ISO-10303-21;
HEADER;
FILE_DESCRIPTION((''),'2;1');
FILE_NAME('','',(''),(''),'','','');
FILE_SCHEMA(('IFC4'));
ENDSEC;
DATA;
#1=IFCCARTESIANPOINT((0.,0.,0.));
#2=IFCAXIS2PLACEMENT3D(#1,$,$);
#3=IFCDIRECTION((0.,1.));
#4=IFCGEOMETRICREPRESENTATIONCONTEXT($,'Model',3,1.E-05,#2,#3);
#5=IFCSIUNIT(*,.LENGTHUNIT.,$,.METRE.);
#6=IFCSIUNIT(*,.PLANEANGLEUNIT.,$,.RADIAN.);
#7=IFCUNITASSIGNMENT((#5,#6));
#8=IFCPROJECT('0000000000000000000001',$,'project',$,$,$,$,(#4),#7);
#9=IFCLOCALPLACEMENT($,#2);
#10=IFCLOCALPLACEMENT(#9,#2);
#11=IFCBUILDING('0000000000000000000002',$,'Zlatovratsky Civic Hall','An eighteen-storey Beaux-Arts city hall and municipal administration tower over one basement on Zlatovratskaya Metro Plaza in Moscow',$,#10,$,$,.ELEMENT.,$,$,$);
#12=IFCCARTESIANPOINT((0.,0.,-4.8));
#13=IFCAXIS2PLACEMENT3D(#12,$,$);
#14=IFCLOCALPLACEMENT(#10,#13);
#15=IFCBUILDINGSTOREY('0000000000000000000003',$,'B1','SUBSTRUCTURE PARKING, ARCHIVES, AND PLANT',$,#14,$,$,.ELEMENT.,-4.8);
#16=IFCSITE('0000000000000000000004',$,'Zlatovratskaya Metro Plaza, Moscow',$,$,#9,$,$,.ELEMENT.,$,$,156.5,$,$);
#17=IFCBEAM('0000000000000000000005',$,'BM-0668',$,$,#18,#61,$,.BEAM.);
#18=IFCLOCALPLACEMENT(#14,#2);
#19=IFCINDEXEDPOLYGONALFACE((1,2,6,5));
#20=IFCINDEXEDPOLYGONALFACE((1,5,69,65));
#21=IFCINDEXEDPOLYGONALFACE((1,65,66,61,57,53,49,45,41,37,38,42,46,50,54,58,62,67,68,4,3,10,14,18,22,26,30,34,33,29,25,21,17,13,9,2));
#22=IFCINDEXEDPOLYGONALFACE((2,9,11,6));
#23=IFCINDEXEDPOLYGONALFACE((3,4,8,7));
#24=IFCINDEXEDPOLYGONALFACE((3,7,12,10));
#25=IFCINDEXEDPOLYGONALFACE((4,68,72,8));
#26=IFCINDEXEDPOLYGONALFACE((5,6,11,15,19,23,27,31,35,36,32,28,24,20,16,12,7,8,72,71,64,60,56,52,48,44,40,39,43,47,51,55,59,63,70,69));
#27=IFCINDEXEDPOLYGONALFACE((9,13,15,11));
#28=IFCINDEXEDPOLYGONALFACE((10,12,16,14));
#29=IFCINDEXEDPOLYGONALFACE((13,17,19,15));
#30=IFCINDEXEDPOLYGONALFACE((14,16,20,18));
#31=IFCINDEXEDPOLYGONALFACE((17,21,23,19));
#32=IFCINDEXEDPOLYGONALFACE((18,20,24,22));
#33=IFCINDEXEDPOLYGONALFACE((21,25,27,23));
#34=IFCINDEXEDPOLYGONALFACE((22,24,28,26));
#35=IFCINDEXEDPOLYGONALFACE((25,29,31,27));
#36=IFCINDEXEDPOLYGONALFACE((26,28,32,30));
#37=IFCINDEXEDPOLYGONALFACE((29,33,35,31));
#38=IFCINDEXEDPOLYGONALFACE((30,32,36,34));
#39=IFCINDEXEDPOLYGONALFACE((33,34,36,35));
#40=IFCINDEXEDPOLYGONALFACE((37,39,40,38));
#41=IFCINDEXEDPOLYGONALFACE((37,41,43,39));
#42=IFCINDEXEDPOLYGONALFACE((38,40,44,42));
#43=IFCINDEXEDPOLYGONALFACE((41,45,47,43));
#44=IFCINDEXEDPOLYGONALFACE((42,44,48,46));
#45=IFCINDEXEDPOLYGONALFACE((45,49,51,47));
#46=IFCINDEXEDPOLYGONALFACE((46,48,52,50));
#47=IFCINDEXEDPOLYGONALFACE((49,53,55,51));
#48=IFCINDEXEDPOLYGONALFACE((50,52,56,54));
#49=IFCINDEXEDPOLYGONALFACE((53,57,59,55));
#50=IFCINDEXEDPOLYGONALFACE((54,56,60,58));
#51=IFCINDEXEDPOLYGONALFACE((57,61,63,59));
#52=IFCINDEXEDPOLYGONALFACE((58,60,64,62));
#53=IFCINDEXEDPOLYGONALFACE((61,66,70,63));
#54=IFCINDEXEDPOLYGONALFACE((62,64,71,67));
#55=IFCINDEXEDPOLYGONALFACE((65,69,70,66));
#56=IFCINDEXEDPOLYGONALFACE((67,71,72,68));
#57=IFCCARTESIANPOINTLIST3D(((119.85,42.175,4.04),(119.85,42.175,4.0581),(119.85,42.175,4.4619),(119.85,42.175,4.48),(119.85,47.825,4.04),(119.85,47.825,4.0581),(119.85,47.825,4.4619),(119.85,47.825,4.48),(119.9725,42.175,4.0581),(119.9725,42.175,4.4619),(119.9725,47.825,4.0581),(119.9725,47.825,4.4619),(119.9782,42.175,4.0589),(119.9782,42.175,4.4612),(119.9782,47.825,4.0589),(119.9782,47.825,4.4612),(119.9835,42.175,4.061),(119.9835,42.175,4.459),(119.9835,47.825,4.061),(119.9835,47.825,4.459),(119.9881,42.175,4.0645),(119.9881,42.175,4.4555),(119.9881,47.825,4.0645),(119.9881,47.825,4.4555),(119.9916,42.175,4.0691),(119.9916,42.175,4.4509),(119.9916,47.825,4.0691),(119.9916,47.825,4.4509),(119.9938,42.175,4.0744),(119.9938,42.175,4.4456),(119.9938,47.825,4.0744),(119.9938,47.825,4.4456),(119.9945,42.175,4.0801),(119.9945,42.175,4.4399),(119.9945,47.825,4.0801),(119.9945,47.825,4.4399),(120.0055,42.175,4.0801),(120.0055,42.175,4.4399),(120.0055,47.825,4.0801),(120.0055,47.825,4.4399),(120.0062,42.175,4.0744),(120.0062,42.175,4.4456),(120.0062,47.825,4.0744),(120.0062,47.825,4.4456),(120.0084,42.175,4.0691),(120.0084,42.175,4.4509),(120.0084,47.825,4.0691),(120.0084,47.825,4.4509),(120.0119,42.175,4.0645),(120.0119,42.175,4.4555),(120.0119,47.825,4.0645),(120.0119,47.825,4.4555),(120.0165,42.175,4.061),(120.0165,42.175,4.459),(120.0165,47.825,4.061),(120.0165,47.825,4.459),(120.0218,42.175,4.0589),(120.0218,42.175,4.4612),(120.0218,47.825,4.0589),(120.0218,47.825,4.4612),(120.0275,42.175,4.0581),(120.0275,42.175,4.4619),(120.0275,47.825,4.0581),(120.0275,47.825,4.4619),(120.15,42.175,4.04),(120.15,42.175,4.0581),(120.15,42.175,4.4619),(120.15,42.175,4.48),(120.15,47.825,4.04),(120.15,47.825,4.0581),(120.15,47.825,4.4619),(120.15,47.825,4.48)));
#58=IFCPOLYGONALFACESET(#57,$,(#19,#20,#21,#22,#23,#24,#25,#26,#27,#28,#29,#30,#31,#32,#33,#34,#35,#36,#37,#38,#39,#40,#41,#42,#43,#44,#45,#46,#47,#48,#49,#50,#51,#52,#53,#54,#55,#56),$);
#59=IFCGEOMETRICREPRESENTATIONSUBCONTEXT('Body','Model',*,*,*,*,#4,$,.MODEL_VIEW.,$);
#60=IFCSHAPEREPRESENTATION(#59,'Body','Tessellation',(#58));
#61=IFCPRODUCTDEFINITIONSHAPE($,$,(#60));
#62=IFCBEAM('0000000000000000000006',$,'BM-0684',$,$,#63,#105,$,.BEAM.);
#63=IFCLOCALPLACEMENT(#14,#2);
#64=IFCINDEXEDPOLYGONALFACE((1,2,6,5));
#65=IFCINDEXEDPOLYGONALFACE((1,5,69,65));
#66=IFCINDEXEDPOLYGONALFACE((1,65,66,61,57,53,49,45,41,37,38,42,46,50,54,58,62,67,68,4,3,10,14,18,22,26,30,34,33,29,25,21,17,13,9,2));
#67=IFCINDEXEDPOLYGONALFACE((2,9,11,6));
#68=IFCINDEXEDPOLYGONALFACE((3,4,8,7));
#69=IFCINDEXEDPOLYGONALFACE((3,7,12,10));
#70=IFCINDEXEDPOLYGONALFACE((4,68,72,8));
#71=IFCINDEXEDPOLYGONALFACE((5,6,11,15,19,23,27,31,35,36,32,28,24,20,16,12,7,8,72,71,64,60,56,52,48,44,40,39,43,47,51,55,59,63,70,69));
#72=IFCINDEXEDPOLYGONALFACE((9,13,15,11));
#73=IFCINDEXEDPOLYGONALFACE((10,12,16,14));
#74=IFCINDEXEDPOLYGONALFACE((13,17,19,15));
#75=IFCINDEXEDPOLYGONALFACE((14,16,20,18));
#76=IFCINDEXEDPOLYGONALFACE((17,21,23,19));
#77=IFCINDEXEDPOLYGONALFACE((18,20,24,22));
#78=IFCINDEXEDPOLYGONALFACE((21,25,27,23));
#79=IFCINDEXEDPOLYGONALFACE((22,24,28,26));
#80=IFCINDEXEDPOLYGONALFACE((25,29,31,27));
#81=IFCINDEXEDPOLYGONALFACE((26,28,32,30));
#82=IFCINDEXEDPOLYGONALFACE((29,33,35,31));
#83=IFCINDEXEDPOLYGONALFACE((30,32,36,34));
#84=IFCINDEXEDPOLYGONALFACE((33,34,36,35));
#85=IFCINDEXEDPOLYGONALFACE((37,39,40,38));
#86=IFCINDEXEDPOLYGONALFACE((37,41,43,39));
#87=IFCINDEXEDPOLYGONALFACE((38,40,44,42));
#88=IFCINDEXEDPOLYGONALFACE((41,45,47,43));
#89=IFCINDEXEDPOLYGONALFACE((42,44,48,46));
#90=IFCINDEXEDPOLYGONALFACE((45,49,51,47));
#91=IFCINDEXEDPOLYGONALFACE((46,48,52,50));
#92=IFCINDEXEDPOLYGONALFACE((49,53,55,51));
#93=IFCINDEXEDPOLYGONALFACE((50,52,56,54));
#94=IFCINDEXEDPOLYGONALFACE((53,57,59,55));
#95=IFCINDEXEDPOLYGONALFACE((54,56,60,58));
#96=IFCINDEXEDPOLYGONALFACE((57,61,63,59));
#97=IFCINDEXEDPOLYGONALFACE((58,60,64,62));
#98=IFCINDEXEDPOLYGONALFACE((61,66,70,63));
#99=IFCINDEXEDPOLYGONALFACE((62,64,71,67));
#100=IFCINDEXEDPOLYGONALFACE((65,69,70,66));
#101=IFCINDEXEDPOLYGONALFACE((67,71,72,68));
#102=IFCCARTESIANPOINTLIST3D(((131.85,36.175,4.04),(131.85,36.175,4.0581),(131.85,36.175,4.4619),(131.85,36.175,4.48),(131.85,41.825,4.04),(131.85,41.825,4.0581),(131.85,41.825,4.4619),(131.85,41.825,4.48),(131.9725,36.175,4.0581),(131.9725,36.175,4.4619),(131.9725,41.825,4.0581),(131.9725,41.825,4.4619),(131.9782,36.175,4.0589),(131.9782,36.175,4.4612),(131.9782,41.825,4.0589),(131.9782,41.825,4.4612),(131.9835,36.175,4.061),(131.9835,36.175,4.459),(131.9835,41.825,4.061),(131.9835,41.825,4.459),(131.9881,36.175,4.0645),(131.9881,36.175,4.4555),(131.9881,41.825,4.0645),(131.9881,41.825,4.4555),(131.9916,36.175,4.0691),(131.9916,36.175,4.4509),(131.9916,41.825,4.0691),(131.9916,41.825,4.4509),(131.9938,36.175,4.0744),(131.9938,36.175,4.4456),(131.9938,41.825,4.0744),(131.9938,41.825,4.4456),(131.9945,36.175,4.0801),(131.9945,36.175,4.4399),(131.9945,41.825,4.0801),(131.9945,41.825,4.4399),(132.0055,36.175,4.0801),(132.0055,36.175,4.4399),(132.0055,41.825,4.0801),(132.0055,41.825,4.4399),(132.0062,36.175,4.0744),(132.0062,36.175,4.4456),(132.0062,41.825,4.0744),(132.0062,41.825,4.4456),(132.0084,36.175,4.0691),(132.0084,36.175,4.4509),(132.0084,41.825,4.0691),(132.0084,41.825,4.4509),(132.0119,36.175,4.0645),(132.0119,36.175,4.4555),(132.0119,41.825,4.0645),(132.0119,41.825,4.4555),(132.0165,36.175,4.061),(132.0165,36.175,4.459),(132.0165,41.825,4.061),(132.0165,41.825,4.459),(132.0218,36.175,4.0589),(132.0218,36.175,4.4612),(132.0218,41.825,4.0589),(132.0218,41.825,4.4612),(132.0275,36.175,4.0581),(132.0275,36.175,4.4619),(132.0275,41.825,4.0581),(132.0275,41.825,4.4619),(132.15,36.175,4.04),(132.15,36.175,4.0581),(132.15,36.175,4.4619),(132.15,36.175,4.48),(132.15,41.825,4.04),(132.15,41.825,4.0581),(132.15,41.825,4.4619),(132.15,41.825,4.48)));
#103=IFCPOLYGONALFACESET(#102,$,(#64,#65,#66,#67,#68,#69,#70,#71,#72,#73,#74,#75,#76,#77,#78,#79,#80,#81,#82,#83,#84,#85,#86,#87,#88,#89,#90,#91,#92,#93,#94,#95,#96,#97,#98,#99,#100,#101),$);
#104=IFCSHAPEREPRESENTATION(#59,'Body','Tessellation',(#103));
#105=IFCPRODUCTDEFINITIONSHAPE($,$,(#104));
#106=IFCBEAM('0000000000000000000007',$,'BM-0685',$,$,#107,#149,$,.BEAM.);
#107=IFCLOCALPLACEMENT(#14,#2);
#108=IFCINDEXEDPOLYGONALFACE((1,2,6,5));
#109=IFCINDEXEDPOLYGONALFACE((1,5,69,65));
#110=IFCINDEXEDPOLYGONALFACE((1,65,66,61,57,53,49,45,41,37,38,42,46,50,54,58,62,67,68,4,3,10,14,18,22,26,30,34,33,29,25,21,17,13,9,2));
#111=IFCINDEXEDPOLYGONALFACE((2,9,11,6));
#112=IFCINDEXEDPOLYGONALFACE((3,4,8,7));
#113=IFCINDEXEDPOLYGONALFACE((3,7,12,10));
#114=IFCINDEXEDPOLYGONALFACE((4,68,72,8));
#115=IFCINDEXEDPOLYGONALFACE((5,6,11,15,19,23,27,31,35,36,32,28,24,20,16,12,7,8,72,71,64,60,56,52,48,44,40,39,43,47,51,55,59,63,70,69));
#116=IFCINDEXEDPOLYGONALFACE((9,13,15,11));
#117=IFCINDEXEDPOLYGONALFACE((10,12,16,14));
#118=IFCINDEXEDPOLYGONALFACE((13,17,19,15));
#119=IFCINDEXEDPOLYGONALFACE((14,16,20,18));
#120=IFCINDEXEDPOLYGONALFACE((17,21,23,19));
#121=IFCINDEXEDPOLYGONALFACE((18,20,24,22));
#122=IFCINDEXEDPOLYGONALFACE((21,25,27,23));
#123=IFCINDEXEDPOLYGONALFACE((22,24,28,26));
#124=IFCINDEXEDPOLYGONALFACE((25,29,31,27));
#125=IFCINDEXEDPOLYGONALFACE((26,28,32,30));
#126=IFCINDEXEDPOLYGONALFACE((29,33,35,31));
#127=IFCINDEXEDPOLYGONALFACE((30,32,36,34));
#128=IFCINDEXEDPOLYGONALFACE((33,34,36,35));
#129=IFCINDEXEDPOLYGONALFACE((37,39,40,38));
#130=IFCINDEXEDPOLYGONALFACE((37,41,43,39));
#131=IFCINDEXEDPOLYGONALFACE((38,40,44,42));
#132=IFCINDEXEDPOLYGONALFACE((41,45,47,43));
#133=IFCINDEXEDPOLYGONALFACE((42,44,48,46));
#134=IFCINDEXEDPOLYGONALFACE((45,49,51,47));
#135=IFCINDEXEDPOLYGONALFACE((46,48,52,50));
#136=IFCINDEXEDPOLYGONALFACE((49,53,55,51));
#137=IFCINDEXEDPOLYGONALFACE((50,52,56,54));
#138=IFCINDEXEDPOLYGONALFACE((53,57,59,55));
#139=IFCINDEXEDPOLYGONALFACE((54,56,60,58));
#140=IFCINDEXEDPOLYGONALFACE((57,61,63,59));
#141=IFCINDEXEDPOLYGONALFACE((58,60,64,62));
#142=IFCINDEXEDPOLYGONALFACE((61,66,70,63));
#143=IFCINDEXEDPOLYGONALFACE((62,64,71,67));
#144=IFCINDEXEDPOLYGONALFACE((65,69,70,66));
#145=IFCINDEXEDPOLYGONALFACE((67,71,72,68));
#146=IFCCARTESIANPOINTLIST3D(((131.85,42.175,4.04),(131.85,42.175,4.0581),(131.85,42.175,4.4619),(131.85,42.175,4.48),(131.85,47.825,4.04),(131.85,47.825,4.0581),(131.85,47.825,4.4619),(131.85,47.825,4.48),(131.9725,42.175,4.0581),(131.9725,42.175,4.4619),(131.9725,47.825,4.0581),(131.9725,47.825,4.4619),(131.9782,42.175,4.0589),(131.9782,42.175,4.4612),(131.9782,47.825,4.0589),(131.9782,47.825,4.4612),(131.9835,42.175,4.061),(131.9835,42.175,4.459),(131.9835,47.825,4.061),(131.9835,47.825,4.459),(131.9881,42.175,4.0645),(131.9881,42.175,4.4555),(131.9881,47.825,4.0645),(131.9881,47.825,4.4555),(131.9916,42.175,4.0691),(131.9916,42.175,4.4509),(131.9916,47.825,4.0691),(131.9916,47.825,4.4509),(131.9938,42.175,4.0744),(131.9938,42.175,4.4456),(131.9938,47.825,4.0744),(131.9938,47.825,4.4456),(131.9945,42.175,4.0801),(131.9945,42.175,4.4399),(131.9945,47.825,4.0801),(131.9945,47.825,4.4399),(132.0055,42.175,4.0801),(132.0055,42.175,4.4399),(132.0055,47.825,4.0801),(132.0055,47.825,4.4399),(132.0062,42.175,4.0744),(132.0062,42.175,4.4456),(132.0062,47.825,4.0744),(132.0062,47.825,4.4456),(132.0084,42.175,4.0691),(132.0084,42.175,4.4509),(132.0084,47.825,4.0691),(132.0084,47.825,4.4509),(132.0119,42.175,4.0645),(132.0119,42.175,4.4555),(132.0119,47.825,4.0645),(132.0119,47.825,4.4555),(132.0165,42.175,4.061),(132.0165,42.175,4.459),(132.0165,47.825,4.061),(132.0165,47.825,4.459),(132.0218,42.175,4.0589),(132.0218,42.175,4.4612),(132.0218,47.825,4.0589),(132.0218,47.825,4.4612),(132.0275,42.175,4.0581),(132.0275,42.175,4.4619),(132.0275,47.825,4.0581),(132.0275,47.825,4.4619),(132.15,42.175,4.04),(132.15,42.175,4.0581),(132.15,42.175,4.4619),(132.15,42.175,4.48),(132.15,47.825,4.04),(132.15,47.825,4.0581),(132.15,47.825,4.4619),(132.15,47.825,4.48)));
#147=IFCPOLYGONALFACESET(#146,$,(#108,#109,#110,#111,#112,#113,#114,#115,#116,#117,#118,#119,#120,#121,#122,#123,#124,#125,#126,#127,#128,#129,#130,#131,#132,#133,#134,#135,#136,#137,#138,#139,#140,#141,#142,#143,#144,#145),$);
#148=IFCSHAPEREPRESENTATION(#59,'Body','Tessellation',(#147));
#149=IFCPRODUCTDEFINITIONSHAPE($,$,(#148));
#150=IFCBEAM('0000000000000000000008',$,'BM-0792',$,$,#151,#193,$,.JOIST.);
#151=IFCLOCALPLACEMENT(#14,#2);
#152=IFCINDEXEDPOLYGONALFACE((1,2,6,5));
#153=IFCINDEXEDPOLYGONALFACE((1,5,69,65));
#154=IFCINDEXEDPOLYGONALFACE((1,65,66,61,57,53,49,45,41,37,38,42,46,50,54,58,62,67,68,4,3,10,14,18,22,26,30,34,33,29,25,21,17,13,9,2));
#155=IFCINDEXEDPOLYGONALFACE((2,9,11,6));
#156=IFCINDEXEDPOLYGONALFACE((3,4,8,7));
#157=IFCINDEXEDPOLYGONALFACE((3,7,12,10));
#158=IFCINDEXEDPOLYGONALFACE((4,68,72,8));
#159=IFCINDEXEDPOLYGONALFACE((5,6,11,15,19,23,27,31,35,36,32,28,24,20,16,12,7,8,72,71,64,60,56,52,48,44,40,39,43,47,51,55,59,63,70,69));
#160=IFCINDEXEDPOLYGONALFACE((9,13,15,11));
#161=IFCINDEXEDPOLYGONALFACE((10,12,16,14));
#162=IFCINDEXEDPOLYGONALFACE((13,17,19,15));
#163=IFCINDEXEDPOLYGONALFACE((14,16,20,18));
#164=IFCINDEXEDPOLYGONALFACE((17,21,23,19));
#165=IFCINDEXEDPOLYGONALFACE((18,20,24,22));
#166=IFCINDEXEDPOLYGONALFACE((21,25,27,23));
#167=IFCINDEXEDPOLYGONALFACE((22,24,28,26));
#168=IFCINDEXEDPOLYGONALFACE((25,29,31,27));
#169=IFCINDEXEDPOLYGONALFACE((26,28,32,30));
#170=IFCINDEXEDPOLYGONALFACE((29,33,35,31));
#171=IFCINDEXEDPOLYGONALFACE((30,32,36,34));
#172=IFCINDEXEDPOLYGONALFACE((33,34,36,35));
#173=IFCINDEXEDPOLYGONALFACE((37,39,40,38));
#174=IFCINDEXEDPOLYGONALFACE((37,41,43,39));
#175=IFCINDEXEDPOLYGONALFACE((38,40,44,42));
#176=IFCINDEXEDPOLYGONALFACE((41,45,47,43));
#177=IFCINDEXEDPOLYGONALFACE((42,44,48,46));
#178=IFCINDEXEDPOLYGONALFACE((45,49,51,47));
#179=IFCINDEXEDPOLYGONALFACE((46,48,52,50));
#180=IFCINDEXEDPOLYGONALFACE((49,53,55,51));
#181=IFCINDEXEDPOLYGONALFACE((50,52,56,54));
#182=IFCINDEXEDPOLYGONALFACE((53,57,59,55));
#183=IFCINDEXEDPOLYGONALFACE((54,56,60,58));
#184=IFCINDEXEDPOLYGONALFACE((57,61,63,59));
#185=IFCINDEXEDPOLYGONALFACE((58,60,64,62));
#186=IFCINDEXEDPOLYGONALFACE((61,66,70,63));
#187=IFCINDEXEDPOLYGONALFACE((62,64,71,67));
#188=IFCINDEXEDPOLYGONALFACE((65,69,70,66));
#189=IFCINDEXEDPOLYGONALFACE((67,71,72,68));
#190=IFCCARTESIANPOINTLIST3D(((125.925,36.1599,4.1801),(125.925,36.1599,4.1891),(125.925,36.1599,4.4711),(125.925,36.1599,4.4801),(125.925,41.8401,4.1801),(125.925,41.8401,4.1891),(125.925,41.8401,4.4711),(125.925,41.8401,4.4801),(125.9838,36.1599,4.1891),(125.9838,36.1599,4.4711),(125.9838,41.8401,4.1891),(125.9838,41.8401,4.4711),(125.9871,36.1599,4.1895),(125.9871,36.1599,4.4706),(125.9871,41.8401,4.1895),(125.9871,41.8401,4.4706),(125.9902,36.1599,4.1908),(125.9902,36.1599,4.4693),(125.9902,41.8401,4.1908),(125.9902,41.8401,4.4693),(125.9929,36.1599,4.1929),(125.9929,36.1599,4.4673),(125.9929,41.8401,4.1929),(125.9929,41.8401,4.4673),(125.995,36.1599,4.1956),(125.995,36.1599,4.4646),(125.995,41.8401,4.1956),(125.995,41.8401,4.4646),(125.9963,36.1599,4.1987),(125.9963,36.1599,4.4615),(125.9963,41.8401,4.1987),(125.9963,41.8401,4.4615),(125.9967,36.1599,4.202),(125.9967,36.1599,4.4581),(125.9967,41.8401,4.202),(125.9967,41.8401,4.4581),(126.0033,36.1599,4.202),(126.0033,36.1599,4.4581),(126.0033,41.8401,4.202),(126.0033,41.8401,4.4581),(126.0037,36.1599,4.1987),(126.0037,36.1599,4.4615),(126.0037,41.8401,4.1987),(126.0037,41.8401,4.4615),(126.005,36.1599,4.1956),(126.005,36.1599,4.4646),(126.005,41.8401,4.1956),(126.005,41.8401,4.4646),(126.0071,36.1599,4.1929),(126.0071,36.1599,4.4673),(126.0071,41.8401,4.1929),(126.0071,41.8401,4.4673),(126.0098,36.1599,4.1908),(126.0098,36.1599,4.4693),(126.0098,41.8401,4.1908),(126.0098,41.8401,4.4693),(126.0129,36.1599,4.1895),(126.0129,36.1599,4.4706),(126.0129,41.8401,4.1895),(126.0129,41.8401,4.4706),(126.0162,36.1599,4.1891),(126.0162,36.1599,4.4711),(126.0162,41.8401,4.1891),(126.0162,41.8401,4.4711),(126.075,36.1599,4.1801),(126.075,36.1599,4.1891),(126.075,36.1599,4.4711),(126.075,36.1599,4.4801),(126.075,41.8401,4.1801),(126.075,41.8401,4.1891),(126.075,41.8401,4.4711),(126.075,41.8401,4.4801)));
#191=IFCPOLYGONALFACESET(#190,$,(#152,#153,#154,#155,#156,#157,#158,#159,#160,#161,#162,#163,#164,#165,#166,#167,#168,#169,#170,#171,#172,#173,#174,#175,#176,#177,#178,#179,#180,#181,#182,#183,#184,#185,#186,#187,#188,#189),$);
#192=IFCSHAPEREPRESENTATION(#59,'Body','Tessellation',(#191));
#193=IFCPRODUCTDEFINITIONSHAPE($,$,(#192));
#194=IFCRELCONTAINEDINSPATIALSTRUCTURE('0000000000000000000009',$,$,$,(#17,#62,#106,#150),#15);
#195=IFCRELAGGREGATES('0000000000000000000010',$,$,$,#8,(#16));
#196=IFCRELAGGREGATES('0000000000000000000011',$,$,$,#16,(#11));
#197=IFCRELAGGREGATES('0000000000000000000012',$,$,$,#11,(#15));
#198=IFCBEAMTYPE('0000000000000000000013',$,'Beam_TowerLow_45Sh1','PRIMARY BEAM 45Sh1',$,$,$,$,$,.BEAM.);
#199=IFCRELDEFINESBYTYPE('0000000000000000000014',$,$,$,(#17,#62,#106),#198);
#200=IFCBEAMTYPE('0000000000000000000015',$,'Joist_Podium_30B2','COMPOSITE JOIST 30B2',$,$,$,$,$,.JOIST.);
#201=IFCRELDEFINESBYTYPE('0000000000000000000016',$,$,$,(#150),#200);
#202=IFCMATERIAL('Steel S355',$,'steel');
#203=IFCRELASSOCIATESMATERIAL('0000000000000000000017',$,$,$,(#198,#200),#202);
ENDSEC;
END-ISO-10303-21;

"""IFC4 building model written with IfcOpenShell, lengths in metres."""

from ifc_helpers import new_model, si_unit, direction, frame, origin, origin_2d, place, context, subcontext, project, spatial, i_section, extrude, material, material_profile, profile_set, type_object, element, save


model = new_model("IFC4")

# Units and contexts
model_context = context("Model", 3, precision=1e-05, world=origin(), true_north=direction((0.0, 1.0)))
body_context = subcontext(model_context, "Body", "Model", "MODEL_VIEW")
ifc_project = project(units=[si_unit("LENGTHUNIT", "METRE"), si_unit("PLANEANGLEUNIT", "RADIAN")], contexts=[model_context])

# Site, building, storey
site_placement = place(None, origin())
site = spatial("IfcSite", under=ifc_project, at=site_placement, Name="Zlatovratskaya Metro Plaza, Moscow", CompositionType="ELEMENT", RefElevation=156.5)
building_placement = place(site_placement, origin())
building = spatial("IfcBuilding", under=site, at=building_placement, Name="Zlatovratsky Civic Hall", Description="An eighteen-storey Beaux-Arts city hall and municipal administration tower over one basement on Zlatovratskaya Metro Plaza in Moscow", CompositionType="ELEMENT")
storey_placement = place(building_placement, frame((0.0, 0.0, -4.8)))
storey = spatial("IfcBuildingStorey", under=building, at=storey_placement, Name="B1", Description="SUBSTRUCTURE PARKING, ARCHIVES, AND PLANT", CompositionType="ELEMENT", Elevation=-4.8)

# Shared definitions
ifc_material_1 = material(Name="Steel S355", Category="steel")

# Beams
ifc_material_profile_1 = material_profile(ifc_material_1, i_section(OverallWidth=0.3, OverallDepth=0.4399, WebThickness=0.011, FlangeThickness=0.0181, FilletRadius=0.022, at=origin_2d()), Name="45Sh1")
ifc_profile_set_1 = profile_set([ifc_material_profile_1], Name="Steel S355")
beam_type_1 = type_object("IfcBeamType", Name="Beam_TowerLow_45Sh1", Description="PRIMARY BEAM 45Sh1", PredefinedType="BEAM", material=ifc_profile_set_1)
for number, where, z_axis, x_axis, name in (
    (1, (120.0, 42.175, 4.26), (0.0, 1.0, 0.0), (-1.0, 0.0, 0.0), "BM-0668"),
    (2, (132.0, 36.175, 4.26), (0.0, 1.0, 0.0), (-1.0, 0.0, 0.0), "BM-0684"),
    (3, (132.0, 42.175, 4.26), (0.0, 1.0, 0.0), (-1.0, 0.0, 0.0), "BM-0685"),
):
    element("IfcBeam", number, at=place(storey_placement, frame(where, z_axis=z_axis, x_axis=x_axis)), inside=storey, type_object=beam_type_1, Name=name, PredefinedType="BEAM", context=body_context, shape_type="SweptSolid", body=[
        extrude(i_section(OverallWidth=0.3, OverallDepth=0.4399, WebThickness=0.011, FlangeThickness=0.0181, FilletRadius=0.022, at=origin_2d()), origin(), (0.0, 0.0, 1.0), 5.6499),
    ])
ifc_material_profile_2 = material_profile(ifc_material_1, i_section(OverallWidth=0.1499, OverallDepth=0.3, WebThickness=0.0066, FlangeThickness=0.009, FilletRadius=0.0129, at=origin_2d()), Name="30B2")
ifc_profile_set_2 = profile_set([ifc_material_profile_2], Name="Steel S355")
beam_type_2 = type_object("IfcBeamType", Name="Joist_Podium_30B2", Description="COMPOSITE JOIST 30B2", PredefinedType="JOIST", material=ifc_profile_set_2)
for number, where, z_axis, x_axis, name in (
    (4, (126.0, 36.1599, 4.3301), (0.0, 1.0, 0.0), (-1.0, 0.0, 0.0), "BM-0792"),
):
    element("IfcBeam", number, at=place(storey_placement, frame(where, z_axis=z_axis, x_axis=x_axis)), inside=storey, type_object=beam_type_2, Name=name, PredefinedType="JOIST", context=body_context, shape_type="SweptSolid", body=[
        extrude(i_section(OverallWidth=0.1499, OverallDepth=0.3, WebThickness=0.0066, FlangeThickness=0.009, FilletRadius=0.0129, at=origin_2d()), origin(), (0.0, 0.0, 1.0), 5.6802),
    ])

save(model, "model.ifc")
